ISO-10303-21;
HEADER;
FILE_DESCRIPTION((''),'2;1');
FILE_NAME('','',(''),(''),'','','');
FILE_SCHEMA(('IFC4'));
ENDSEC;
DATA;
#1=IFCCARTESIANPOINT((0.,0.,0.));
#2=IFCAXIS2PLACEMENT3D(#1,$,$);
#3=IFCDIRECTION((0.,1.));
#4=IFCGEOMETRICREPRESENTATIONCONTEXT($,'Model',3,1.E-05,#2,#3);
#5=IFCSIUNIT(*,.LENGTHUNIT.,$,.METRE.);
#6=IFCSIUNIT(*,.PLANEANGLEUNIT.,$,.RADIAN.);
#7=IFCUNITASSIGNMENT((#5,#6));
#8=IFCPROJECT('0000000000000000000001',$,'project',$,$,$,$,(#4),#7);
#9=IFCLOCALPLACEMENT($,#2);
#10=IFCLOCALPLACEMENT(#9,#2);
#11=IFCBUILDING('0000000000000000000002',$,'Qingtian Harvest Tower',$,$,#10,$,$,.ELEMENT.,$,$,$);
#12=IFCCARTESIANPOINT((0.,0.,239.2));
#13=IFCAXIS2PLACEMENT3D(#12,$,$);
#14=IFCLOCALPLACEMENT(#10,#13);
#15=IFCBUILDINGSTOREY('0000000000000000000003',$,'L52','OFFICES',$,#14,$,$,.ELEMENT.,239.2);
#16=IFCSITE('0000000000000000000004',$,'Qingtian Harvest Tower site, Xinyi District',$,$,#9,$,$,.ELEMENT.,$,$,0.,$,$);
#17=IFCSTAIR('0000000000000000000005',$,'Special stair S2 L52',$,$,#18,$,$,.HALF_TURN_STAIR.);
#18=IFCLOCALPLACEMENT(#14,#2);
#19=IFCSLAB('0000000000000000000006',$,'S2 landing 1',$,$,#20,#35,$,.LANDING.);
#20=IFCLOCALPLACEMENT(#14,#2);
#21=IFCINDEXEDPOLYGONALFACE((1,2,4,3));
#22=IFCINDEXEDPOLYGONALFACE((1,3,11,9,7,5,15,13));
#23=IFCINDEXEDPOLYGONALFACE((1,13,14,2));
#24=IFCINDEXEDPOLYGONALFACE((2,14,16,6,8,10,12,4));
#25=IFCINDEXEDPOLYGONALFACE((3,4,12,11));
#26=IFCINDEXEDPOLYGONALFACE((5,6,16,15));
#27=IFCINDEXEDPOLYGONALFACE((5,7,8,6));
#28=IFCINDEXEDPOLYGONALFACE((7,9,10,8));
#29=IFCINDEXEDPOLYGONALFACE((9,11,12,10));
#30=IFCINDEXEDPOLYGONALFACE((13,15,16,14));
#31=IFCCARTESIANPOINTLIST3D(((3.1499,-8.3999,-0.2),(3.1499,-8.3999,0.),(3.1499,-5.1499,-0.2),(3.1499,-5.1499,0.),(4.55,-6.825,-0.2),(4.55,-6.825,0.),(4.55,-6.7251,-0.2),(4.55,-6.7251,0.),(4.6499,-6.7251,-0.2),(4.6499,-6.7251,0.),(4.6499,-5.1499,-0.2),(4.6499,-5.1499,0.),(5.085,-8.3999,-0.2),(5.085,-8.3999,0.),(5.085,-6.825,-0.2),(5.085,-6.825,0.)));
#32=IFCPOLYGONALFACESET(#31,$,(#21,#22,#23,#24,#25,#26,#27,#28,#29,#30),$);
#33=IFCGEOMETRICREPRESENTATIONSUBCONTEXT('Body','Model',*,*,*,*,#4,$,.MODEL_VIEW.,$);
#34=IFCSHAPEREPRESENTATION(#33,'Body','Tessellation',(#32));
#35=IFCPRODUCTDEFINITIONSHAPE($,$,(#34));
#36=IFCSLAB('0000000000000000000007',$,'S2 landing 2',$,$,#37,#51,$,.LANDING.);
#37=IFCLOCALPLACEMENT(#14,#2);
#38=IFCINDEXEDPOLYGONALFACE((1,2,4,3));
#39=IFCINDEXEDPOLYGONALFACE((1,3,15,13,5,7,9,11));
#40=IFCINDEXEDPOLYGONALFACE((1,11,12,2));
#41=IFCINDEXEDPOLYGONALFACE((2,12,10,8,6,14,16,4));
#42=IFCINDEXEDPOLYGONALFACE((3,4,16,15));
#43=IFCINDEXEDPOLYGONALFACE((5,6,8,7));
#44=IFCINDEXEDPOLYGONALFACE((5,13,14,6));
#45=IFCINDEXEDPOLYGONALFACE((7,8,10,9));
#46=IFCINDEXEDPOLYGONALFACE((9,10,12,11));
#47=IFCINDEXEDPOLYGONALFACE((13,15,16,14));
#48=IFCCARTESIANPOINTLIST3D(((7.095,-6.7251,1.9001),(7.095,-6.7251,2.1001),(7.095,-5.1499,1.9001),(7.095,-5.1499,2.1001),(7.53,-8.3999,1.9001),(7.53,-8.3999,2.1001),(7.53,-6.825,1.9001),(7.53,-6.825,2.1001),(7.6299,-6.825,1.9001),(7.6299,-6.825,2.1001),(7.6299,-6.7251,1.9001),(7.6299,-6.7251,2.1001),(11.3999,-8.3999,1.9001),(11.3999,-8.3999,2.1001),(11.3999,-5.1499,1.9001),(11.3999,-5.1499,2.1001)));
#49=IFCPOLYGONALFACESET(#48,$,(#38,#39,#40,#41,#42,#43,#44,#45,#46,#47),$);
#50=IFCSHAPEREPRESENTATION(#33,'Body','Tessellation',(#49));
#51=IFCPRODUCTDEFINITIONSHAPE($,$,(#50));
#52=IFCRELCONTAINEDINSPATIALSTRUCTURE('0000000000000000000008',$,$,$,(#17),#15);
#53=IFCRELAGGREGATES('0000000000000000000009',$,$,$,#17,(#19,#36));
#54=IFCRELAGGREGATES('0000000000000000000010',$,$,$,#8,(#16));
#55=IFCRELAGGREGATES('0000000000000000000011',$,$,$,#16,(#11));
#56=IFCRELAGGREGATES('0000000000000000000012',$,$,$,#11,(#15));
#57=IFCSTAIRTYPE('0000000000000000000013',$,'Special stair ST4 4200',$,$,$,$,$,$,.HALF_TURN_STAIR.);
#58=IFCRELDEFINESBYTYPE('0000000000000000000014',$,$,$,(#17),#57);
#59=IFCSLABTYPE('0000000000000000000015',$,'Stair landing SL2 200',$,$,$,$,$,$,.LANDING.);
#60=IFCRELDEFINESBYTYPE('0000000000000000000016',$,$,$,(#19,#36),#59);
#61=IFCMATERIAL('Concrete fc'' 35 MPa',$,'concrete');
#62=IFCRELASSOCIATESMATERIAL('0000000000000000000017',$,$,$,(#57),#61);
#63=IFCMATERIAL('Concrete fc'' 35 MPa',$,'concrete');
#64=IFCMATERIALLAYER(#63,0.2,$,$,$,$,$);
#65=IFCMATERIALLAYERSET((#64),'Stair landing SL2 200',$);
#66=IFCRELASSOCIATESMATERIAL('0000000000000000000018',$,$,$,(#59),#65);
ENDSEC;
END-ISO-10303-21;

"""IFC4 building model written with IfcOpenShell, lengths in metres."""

from ifc_helpers import new_model, si_unit, direction, frame, origin, place, context, subcontext, project, spatial, polyline, outline, extrude, material, layer, layer_set, type_object, element, aggregate, save


model = new_model("IFC4")

# Units and contexts
model_context = context("Model", 3, precision=1e-05, world=origin(), true_north=direction((0.0, 1.0)))
body_context = subcontext(model_context, "Body", "Model", "MODEL_VIEW")
ifc_project = project(units=[si_unit("LENGTHUNIT", "METRE"), si_unit("PLANEANGLEUNIT", "RADIAN")], contexts=[model_context])

# Site, building, storey
site_placement = place(None, origin())
site = spatial("IfcSite", under=ifc_project, at=site_placement, Name="Qingtian Harvest Tower site, Xinyi District", CompositionType="ELEMENT", RefElevation=0.0)
building_placement = place(site_placement, origin())
building = spatial("IfcBuilding", under=site, at=building_placement, Name="Qingtian Harvest Tower", CompositionType="ELEMENT")
storey_placement = place(building_placement, frame((0.0, 0.0, 239.2)))
storey = spatial("IfcBuildingStorey", under=building, at=storey_placement, Name="L52", Description="OFFICES", CompositionType="ELEMENT", Elevation=239.2)

# Stair, slabs
ifc_material_1 = material(Name="Concrete fc' 35 MPa", Category="concrete")
stair_type = type_object("IfcStairType", Name="Special stair ST4 4200", PredefinedType="HALF_TURN_STAIR", material=ifc_material_1)
ifc_material_2 = material(Name="Concrete fc' 35 MPa", Category="concrete")
ifc_layer_1 = layer(ifc_material_2, 0.2)
ifc_layer_set_1 = layer_set([ifc_layer_1], Name="Stair landing SL2 200")
slab_type_1 = type_object("IfcSlabType", Name="Stair landing SL2 200", PredefinedType="LANDING", material=ifc_layer_set_1)
stair_1_placement = place(storey_placement, origin())
stair_1 = element("IfcStair", 1, at=stair_1_placement, inside=storey, type_object=stair_type, Name="Special stair S2 L52", PredefinedType="HALF_TURN_STAIR")
slab_1_placement = place(storey_placement, frame((0.0, 0.0, -0.2)))
slab_1 = element("IfcSlab", 2, at=slab_1_placement, type_object=slab_type_1, Name="S2 landing 1", PredefinedType="LANDING", context=body_context, shape_type="SweptSolid", body=[
    extrude(outline(polyline([(5.085, -8.3999), (3.1499, -8.3999), (3.1499, -5.1499), (4.6499, -5.1499), (4.6499, -6.7251), (4.55, -6.7251), (4.55, -6.825), (5.085, -6.825), (5.085, -8.3999)])), origin(), (0.0, 0.0, 1.0), 0.2),
])
slab_2_placement = place(storey_placement, frame((0.0, 0.0, 1.9001)))
slab_2 = element("IfcSlab", 3, at=slab_2_placement, type_object=slab_type_1, Name="S2 landing 2", PredefinedType="LANDING", context=body_context, shape_type="SweptSolid", body=[
    extrude(outline(polyline([(7.53, -8.3999), (7.53, -6.825), (7.6299, -6.825), (7.6299, -6.7251), (7.095, -6.7251), (7.095, -5.1499), (11.3999, -5.1499), (11.3999, -8.3999), (7.53, -8.3999)])), origin(), (0.0, 0.0, 1.0), 0.2),
])
aggregate(stair_1, [slab_1, slab_2])

save(model, "model.ifc")
